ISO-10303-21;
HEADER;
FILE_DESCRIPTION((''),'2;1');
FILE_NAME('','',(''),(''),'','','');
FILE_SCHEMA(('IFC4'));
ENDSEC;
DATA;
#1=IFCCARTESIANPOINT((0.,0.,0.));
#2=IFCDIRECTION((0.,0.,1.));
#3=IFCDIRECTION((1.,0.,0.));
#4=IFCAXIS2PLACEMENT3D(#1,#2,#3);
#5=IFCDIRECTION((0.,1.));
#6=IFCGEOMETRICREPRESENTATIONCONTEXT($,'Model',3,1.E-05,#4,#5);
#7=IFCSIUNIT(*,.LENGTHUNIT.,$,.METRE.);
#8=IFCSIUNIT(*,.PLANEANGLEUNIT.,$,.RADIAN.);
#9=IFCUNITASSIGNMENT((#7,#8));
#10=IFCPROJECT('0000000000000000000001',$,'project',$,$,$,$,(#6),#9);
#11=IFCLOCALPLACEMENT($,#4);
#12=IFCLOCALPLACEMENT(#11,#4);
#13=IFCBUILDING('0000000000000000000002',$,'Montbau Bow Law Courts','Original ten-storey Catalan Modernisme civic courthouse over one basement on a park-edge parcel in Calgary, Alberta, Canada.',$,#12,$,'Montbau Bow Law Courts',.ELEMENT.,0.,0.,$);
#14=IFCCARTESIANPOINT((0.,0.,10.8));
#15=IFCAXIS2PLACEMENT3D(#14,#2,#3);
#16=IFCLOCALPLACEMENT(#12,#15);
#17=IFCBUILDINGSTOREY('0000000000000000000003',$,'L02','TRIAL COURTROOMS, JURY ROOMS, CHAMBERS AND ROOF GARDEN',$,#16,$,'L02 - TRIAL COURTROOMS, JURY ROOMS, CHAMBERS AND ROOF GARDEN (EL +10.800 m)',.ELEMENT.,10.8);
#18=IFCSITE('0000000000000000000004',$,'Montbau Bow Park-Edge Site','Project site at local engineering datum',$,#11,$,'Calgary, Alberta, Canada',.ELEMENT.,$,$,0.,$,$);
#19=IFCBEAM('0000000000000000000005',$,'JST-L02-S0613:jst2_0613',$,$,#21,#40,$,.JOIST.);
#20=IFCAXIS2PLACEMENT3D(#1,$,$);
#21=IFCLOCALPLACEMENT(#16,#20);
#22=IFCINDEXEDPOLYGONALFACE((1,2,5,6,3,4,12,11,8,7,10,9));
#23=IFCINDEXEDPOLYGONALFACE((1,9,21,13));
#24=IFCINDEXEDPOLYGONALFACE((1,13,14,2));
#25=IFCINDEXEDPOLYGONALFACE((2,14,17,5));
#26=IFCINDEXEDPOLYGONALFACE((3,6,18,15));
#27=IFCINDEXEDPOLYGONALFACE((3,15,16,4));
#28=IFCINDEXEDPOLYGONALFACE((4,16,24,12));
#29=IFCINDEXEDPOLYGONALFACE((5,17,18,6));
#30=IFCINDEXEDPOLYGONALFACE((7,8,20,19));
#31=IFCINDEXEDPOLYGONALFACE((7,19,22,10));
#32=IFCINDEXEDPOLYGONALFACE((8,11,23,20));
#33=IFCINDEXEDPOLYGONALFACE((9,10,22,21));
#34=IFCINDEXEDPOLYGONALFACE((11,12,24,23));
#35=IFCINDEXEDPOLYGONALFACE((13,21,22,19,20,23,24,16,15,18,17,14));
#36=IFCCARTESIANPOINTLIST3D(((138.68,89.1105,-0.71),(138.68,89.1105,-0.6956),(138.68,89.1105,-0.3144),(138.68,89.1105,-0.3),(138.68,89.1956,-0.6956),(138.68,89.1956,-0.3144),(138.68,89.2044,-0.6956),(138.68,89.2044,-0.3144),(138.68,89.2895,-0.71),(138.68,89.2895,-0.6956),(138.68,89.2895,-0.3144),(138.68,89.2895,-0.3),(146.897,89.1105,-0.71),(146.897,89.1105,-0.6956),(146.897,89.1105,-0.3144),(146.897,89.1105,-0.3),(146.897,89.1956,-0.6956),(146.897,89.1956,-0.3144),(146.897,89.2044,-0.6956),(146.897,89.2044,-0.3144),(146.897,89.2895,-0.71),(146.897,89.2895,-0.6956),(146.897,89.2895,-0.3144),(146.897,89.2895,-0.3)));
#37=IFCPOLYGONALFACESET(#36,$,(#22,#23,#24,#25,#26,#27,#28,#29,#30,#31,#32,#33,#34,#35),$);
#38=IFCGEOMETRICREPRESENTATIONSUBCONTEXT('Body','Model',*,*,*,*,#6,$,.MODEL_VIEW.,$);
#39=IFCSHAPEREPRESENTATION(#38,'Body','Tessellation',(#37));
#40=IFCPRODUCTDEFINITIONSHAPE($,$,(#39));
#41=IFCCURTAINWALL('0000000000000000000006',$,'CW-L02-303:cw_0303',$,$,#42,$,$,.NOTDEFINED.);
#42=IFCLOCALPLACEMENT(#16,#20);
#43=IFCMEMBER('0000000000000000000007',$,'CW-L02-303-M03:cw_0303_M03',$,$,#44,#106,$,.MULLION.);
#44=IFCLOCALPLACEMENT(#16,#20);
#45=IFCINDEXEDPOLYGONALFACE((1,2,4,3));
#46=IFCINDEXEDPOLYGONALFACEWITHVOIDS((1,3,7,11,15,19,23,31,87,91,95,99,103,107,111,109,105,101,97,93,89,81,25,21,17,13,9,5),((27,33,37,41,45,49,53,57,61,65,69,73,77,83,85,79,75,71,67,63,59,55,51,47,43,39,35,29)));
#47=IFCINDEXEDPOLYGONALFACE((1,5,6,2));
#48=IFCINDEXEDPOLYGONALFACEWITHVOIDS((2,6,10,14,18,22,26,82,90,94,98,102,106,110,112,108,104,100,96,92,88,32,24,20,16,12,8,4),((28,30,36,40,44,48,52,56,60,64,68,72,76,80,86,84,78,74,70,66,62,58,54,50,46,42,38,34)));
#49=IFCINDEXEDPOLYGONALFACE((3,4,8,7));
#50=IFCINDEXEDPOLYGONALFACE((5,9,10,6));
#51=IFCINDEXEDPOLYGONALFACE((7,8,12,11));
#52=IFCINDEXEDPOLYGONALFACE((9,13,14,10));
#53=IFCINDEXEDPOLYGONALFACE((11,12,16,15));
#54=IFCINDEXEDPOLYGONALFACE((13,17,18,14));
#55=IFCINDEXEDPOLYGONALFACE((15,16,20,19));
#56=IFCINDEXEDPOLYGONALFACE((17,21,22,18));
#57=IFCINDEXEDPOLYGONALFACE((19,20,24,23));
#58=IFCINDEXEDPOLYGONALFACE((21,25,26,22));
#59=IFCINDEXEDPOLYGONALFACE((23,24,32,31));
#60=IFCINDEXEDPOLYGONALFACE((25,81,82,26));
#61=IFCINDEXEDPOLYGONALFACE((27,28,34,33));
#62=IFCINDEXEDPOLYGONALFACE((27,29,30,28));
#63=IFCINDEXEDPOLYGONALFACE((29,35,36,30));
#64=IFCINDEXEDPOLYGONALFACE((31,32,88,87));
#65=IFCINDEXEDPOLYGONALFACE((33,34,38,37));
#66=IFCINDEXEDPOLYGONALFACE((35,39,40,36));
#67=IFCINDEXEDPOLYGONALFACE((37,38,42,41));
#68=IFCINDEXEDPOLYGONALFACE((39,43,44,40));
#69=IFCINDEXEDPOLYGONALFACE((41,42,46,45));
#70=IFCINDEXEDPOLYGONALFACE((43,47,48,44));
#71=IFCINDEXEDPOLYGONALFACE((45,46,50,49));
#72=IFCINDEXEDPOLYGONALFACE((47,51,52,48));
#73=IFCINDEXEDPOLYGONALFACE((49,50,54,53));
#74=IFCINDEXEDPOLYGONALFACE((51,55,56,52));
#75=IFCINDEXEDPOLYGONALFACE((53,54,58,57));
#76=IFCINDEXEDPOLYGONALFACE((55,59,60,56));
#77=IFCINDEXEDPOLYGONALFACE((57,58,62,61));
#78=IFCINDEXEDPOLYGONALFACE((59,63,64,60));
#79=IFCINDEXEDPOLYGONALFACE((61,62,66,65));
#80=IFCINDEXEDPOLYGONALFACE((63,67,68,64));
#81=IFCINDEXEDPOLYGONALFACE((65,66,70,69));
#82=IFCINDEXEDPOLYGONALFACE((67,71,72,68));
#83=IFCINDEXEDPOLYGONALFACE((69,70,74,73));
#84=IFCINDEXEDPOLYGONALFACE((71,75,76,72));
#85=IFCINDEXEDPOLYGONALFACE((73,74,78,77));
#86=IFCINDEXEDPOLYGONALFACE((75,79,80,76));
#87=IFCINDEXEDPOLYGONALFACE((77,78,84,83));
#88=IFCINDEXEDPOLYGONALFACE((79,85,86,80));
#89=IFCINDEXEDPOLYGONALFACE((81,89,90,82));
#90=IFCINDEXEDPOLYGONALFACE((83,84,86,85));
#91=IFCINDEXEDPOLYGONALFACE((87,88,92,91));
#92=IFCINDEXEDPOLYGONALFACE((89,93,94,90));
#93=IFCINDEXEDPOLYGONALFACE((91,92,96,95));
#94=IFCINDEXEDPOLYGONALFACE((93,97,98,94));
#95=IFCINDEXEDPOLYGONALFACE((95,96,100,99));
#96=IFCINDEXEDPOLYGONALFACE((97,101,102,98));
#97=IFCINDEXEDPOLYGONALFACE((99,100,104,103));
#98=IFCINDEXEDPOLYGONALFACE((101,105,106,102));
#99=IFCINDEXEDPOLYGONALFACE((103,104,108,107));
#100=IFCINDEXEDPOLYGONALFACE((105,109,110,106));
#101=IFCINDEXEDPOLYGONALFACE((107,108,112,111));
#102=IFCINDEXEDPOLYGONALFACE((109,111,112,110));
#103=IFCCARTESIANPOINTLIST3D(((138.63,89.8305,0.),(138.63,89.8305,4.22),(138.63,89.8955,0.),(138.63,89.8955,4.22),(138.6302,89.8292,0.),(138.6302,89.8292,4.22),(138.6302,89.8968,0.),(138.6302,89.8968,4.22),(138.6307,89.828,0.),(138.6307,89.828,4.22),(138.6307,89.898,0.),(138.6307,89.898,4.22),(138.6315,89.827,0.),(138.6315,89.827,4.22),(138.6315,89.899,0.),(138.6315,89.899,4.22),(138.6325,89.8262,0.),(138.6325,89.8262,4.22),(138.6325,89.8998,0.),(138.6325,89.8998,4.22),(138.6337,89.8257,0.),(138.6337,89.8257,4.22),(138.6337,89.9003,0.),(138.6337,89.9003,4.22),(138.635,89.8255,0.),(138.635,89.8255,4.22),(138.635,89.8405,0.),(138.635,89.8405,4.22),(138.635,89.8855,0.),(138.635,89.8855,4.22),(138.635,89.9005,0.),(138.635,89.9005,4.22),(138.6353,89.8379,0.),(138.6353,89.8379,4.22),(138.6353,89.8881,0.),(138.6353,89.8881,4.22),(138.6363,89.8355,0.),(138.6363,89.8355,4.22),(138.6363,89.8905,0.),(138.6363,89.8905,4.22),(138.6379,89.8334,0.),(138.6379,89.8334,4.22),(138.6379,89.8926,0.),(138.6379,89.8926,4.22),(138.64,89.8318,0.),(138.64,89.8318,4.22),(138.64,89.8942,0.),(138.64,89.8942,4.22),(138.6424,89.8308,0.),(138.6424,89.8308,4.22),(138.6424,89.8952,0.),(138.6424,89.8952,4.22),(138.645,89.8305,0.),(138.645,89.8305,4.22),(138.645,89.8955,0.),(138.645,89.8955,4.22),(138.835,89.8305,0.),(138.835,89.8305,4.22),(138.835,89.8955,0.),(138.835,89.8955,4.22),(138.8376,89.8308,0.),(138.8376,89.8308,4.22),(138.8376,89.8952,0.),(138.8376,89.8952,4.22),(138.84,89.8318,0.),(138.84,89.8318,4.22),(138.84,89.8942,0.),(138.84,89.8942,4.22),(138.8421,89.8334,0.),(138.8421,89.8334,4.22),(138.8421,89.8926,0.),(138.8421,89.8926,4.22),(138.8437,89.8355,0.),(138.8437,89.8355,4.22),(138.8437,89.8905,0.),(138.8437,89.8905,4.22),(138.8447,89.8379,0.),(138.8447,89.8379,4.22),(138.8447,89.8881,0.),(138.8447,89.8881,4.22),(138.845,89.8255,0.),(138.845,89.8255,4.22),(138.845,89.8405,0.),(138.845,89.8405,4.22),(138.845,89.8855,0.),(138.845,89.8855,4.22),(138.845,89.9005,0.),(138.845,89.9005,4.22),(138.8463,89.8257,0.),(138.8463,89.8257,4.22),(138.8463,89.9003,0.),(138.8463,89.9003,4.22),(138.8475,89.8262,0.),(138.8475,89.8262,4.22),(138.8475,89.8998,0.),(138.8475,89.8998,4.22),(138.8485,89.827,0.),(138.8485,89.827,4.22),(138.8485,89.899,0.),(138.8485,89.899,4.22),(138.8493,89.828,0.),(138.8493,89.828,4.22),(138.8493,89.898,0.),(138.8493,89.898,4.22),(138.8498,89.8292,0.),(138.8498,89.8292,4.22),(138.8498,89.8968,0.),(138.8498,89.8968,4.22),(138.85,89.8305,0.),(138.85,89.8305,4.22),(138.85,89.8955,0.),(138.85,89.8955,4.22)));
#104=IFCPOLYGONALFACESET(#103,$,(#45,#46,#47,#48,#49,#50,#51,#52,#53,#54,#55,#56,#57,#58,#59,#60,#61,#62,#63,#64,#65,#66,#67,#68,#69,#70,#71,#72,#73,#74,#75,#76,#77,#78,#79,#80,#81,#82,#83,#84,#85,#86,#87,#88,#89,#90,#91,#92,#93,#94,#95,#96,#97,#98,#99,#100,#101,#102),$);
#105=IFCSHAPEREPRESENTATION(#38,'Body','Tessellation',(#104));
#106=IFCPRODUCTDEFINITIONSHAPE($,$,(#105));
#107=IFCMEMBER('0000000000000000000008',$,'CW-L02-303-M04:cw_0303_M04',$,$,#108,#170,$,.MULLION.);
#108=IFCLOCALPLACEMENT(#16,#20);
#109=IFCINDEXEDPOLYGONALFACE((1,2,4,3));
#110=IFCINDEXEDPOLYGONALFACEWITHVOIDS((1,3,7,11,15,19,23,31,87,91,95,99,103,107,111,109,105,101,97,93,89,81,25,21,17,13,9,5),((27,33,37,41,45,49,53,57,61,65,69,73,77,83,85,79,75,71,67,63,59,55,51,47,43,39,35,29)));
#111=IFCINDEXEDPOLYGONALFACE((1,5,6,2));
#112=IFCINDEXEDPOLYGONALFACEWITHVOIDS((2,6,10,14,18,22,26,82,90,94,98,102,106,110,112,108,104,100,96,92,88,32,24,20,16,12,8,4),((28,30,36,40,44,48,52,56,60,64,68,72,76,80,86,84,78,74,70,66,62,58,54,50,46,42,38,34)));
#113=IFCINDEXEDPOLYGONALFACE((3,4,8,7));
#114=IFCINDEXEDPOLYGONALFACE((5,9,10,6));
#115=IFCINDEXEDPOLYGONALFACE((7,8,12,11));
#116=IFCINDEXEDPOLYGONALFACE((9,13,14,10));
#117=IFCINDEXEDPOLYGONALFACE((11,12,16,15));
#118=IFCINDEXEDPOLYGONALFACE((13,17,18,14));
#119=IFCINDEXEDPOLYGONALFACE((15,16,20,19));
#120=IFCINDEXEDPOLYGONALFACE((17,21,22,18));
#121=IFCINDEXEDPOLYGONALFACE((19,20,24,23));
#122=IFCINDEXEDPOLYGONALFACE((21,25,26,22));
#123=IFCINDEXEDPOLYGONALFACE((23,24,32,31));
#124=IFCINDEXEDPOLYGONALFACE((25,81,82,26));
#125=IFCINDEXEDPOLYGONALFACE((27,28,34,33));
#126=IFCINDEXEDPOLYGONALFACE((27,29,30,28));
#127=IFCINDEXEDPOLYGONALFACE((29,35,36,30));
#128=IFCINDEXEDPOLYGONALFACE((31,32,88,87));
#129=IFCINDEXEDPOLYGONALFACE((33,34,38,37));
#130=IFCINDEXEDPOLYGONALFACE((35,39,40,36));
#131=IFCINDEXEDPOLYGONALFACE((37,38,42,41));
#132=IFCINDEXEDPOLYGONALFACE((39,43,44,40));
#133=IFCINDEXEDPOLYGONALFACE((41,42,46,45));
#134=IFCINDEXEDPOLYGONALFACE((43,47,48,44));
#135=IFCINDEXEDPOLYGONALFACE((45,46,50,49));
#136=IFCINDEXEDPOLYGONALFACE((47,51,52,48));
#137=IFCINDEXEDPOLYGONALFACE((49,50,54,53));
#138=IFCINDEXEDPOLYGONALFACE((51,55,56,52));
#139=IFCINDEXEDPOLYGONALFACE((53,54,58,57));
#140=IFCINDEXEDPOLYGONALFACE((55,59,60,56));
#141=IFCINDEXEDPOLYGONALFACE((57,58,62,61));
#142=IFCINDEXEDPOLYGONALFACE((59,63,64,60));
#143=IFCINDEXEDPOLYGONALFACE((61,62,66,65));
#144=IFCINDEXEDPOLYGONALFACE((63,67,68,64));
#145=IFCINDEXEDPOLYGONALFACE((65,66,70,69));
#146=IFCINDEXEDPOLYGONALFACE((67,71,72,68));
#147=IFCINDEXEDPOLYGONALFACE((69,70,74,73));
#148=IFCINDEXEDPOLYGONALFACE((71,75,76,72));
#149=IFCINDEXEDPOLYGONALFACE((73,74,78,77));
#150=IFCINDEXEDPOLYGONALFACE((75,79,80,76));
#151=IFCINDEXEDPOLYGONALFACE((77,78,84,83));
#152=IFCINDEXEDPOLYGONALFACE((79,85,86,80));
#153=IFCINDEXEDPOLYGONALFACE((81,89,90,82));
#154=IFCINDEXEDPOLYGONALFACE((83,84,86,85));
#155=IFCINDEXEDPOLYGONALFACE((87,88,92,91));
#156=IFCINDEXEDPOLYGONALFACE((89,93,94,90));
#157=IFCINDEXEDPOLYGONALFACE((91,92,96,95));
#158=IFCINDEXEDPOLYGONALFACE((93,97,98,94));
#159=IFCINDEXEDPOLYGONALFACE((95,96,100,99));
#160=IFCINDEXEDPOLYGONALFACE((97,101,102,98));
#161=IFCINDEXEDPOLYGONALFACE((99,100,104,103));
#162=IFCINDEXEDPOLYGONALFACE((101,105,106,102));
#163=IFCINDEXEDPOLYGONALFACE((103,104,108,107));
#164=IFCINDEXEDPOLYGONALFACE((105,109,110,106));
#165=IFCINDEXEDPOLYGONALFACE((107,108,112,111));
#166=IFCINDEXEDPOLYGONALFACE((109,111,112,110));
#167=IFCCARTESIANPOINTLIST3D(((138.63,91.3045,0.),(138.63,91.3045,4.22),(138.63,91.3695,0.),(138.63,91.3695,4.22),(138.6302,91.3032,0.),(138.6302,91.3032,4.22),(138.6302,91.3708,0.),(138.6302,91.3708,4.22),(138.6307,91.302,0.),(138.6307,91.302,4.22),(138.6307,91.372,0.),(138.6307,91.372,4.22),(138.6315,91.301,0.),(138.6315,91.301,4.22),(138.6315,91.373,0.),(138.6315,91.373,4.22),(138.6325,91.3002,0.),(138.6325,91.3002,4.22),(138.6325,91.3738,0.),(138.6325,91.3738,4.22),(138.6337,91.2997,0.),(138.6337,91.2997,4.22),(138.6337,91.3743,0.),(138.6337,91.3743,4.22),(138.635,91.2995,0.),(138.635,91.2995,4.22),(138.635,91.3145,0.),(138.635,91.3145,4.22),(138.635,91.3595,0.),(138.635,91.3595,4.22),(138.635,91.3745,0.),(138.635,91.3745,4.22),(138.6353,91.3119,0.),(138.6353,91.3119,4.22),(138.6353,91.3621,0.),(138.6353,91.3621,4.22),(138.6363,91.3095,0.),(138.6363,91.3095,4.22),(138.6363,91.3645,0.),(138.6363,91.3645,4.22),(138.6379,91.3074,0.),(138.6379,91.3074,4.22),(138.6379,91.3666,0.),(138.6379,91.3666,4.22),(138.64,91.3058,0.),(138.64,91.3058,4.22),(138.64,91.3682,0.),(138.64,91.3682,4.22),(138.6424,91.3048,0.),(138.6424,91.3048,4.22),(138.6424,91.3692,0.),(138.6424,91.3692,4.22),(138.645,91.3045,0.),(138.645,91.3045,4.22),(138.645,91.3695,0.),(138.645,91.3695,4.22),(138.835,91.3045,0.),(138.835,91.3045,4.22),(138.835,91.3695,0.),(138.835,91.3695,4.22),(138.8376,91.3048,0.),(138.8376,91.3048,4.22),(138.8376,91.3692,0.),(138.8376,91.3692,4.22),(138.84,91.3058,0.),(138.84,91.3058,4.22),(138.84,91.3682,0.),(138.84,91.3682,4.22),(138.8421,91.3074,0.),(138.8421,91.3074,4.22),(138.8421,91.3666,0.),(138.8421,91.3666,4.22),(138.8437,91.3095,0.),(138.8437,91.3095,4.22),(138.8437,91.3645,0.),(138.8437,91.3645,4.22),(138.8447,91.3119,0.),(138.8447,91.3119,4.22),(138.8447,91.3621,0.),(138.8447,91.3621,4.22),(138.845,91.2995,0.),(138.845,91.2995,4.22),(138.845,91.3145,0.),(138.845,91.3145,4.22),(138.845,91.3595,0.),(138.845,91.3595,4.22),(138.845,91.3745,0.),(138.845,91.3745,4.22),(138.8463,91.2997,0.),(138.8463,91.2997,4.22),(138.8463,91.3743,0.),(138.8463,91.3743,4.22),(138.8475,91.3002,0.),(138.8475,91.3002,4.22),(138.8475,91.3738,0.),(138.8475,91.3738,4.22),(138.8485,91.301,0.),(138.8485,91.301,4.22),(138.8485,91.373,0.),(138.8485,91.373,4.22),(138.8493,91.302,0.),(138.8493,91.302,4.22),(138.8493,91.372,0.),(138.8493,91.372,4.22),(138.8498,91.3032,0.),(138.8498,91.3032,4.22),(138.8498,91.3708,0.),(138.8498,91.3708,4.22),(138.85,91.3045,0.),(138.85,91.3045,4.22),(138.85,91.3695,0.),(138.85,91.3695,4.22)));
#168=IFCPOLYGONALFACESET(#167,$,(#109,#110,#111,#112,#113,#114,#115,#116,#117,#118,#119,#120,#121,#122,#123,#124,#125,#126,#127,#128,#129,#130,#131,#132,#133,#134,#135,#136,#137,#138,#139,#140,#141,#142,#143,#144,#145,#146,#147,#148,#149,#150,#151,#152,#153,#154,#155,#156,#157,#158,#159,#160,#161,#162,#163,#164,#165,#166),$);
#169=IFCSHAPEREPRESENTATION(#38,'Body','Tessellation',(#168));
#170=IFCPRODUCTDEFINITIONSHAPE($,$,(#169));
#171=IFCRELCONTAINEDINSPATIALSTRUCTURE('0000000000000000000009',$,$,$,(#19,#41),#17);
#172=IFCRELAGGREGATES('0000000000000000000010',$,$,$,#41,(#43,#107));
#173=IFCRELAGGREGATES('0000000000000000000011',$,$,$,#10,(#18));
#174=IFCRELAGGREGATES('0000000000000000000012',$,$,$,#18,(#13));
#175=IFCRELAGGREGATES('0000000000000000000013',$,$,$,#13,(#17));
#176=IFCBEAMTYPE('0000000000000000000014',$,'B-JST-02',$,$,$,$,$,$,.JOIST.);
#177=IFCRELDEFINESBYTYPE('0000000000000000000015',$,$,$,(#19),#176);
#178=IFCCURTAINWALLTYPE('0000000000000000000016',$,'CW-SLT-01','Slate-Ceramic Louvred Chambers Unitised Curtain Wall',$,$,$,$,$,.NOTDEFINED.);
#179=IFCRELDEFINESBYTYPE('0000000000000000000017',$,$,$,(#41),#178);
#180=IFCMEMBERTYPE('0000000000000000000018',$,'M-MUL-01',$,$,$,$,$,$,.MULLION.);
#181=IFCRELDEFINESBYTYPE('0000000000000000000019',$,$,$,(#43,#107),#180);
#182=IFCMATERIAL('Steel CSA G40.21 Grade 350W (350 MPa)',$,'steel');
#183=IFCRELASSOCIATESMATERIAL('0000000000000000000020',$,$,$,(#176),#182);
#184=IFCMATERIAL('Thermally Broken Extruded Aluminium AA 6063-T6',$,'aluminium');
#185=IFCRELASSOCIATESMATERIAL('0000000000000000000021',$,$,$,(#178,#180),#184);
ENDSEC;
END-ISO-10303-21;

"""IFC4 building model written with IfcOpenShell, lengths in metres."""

from ifc_helpers import new_model, si_unit, direction, frame, origin_with_axes, origin_2d_with_axis, place, context, subcontext, project, spatial, hollow_rectangle, i_section, extrude, material, material_profile, profile_set, type_object, element, aggregate, save


model = new_model("IFC4")

# Units and contexts
model_context = context("Model", 3, precision=1e-05, world=origin_with_axes(), true_north=direction((0.0, 1.0)))
body_context = subcontext(model_context, "Body", "Model", "MODEL_VIEW")
ifc_project = project(units=[si_unit("LENGTHUNIT", "METRE"), si_unit("PLANEANGLEUNIT", "RADIAN")], contexts=[model_context])

# Site, building, storey
site_placement = place(None, origin_with_axes())
site = spatial("IfcSite", under=ifc_project, at=site_placement, Name="Montbau Bow Park-Edge Site", Description="Project site at local engineering datum", LongName="Calgary, Alberta, Canada", CompositionType="ELEMENT", RefElevation=0.0)
building_placement = place(site_placement, origin_with_axes())
building = spatial("IfcBuilding", under=site, at=building_placement, Name="Montbau Bow Law Courts", Description="Original ten-storey Catalan Modernisme civic courthouse over one basement on a park-edge parcel in Calgary, Alberta, Canada.", LongName="Montbau Bow Law Courts", CompositionType="ELEMENT", ElevationOfRefHeight=0.0, ElevationOfTerrain=0.0)
storey_placement = place(building_placement, frame((0.0, 0.0, 10.8), z_axis=(0.0, 0.0, 1.0), x_axis=(1.0, 0.0, 0.0)))
storey = spatial("IfcBuildingStorey", under=building, at=storey_placement, Name="L02", Description="TRIAL COURTROOMS, JURY ROOMS, CHAMBERS AND ROOF GARDEN", LongName="L02 - TRIAL COURTROOMS, JURY ROOMS, CHAMBERS AND ROOF GARDEN (EL +10.800 m)", CompositionType="ELEMENT", Elevation=10.8)

# Beam
ifc_material_1 = material(Name="Steel CSA G40.21 Grade 350W (350 MPa)", Category="steel")
ifc_material_profile_1 = material_profile(ifc_material_1, i_section(OverallWidth=0.179, OverallDepth=0.41, WebThickness=0.0088, FlangeThickness=0.0144, at=origin_2d_with_axis()), Name="W410X67", Category="Main", Priority=0)
ifc_profile_set_1 = profile_set([ifc_material_profile_1], Name="Steel CSA G40.21 Grade 350W (350 MPa)")
beam_type = type_object("IfcBeamType", Name="B-JST-02", PredefinedType="JOIST", material=ifc_profile_set_1)
beam_placement = place(None, frame((138.68, 89.2, 10.295), z_axis=(1.0, 0.0, 0.0), x_axis=(0.0, 1.0, 0.0)))
element("IfcBeam", 1, at=beam_placement, inside=storey, type_object=beam_type, Name="JST-L02-S0613:jst2_0613", PredefinedType="JOIST", context=body_context, shape_type="SweptSolid", body=[
    extrude(i_section(OverallWidth=0.179, OverallDepth=0.41, WebThickness=0.0088, FlangeThickness=0.0144, at=origin_2d_with_axis()), origin_with_axes(), (0.0, 0.0, 1.0), 8.217),
])

# Curtain wall, members
ifc_material_2 = material(Name="Thermally Broken Extruded Aluminium AA 6063-T6", Category="aluminium")
curtain_wall_type = type_object("IfcCurtainWallType", Name="CW-SLT-01", Description="Slate-Ceramic Louvred Chambers Unitised Curtain Wall", PredefinedType="NOTDEFINED", material=ifc_material_2)
curtain_wall_placement = place(None, frame((138.74, 86.915, 10.8), z_axis=(0.0, 0.0, 1.0), x_axis=(1.0, 0.0, 0.0)))
curtain_wall = element("IfcCurtainWall", 2, at=curtain_wall_placement, inside=storey, type_object=curtain_wall_type, Name="CW-L02-303:cw_0303", PredefinedType="NOTDEFINED")
ifc_material_profile_2 = material_profile(ifc_material_2, hollow_rectangle(XDim=0.075, YDim=0.22, WallThickness=0.005, InnerFilletRadius=0.01, OuterFilletRadius=0.005, at=origin_2d_with_axis()), Name="CWM-220X75", Category="Main", Priority=0)
ifc_profile_set_2 = profile_set([ifc_material_profile_2], Name="Thermally Broken Extruded Aluminium AA 6063-T6")
member_type_1 = type_object("IfcMemberType", Name="M-MUL-01", PredefinedType="MULLION", material=ifc_profile_set_2)
member_1_placement = place(None, frame((138.74, 89.863, 10.8), z_axis=(0.0, 0.0, 1.0), x_axis=(0.0, 1.0, 0.0)))
member_1 = element("IfcMember", 3, at=member_1_placement, type_object=member_type_1, Name="CW-L02-303-M03:cw_0303_M03", PredefinedType="MULLION", context=body_context, shape_type="SweptSolid", body=[
    extrude(hollow_rectangle(XDim=0.075, YDim=0.22, WallThickness=0.005, InnerFilletRadius=0.01, OuterFilletRadius=0.005, at=origin_2d_with_axis()), origin_with_axes(), (0.0, 0.0, 1.0), 4.22),
])
member_2_placement = place(None, frame((138.74, 91.337, 10.8), z_axis=(0.0, 0.0, 1.0), x_axis=(0.0, 1.0, 0.0)))
member_2 = element("IfcMember", 4, at=member_2_placement, type_object=member_type_1, Name="CW-L02-303-M04:cw_0303_M04", PredefinedType="MULLION", context=body_context, shape_type="SweptSolid", body=[
    extrude(hollow_rectangle(XDim=0.075, YDim=0.22, WallThickness=0.005, InnerFilletRadius=0.01, OuterFilletRadius=0.005, at=origin_2d_with_axis()), origin_with_axes(), (0.0, 0.0, 1.0), 4.22),
])
aggregate(curtain_wall, [member_1, member_2])

save(model, "model.ifc")
